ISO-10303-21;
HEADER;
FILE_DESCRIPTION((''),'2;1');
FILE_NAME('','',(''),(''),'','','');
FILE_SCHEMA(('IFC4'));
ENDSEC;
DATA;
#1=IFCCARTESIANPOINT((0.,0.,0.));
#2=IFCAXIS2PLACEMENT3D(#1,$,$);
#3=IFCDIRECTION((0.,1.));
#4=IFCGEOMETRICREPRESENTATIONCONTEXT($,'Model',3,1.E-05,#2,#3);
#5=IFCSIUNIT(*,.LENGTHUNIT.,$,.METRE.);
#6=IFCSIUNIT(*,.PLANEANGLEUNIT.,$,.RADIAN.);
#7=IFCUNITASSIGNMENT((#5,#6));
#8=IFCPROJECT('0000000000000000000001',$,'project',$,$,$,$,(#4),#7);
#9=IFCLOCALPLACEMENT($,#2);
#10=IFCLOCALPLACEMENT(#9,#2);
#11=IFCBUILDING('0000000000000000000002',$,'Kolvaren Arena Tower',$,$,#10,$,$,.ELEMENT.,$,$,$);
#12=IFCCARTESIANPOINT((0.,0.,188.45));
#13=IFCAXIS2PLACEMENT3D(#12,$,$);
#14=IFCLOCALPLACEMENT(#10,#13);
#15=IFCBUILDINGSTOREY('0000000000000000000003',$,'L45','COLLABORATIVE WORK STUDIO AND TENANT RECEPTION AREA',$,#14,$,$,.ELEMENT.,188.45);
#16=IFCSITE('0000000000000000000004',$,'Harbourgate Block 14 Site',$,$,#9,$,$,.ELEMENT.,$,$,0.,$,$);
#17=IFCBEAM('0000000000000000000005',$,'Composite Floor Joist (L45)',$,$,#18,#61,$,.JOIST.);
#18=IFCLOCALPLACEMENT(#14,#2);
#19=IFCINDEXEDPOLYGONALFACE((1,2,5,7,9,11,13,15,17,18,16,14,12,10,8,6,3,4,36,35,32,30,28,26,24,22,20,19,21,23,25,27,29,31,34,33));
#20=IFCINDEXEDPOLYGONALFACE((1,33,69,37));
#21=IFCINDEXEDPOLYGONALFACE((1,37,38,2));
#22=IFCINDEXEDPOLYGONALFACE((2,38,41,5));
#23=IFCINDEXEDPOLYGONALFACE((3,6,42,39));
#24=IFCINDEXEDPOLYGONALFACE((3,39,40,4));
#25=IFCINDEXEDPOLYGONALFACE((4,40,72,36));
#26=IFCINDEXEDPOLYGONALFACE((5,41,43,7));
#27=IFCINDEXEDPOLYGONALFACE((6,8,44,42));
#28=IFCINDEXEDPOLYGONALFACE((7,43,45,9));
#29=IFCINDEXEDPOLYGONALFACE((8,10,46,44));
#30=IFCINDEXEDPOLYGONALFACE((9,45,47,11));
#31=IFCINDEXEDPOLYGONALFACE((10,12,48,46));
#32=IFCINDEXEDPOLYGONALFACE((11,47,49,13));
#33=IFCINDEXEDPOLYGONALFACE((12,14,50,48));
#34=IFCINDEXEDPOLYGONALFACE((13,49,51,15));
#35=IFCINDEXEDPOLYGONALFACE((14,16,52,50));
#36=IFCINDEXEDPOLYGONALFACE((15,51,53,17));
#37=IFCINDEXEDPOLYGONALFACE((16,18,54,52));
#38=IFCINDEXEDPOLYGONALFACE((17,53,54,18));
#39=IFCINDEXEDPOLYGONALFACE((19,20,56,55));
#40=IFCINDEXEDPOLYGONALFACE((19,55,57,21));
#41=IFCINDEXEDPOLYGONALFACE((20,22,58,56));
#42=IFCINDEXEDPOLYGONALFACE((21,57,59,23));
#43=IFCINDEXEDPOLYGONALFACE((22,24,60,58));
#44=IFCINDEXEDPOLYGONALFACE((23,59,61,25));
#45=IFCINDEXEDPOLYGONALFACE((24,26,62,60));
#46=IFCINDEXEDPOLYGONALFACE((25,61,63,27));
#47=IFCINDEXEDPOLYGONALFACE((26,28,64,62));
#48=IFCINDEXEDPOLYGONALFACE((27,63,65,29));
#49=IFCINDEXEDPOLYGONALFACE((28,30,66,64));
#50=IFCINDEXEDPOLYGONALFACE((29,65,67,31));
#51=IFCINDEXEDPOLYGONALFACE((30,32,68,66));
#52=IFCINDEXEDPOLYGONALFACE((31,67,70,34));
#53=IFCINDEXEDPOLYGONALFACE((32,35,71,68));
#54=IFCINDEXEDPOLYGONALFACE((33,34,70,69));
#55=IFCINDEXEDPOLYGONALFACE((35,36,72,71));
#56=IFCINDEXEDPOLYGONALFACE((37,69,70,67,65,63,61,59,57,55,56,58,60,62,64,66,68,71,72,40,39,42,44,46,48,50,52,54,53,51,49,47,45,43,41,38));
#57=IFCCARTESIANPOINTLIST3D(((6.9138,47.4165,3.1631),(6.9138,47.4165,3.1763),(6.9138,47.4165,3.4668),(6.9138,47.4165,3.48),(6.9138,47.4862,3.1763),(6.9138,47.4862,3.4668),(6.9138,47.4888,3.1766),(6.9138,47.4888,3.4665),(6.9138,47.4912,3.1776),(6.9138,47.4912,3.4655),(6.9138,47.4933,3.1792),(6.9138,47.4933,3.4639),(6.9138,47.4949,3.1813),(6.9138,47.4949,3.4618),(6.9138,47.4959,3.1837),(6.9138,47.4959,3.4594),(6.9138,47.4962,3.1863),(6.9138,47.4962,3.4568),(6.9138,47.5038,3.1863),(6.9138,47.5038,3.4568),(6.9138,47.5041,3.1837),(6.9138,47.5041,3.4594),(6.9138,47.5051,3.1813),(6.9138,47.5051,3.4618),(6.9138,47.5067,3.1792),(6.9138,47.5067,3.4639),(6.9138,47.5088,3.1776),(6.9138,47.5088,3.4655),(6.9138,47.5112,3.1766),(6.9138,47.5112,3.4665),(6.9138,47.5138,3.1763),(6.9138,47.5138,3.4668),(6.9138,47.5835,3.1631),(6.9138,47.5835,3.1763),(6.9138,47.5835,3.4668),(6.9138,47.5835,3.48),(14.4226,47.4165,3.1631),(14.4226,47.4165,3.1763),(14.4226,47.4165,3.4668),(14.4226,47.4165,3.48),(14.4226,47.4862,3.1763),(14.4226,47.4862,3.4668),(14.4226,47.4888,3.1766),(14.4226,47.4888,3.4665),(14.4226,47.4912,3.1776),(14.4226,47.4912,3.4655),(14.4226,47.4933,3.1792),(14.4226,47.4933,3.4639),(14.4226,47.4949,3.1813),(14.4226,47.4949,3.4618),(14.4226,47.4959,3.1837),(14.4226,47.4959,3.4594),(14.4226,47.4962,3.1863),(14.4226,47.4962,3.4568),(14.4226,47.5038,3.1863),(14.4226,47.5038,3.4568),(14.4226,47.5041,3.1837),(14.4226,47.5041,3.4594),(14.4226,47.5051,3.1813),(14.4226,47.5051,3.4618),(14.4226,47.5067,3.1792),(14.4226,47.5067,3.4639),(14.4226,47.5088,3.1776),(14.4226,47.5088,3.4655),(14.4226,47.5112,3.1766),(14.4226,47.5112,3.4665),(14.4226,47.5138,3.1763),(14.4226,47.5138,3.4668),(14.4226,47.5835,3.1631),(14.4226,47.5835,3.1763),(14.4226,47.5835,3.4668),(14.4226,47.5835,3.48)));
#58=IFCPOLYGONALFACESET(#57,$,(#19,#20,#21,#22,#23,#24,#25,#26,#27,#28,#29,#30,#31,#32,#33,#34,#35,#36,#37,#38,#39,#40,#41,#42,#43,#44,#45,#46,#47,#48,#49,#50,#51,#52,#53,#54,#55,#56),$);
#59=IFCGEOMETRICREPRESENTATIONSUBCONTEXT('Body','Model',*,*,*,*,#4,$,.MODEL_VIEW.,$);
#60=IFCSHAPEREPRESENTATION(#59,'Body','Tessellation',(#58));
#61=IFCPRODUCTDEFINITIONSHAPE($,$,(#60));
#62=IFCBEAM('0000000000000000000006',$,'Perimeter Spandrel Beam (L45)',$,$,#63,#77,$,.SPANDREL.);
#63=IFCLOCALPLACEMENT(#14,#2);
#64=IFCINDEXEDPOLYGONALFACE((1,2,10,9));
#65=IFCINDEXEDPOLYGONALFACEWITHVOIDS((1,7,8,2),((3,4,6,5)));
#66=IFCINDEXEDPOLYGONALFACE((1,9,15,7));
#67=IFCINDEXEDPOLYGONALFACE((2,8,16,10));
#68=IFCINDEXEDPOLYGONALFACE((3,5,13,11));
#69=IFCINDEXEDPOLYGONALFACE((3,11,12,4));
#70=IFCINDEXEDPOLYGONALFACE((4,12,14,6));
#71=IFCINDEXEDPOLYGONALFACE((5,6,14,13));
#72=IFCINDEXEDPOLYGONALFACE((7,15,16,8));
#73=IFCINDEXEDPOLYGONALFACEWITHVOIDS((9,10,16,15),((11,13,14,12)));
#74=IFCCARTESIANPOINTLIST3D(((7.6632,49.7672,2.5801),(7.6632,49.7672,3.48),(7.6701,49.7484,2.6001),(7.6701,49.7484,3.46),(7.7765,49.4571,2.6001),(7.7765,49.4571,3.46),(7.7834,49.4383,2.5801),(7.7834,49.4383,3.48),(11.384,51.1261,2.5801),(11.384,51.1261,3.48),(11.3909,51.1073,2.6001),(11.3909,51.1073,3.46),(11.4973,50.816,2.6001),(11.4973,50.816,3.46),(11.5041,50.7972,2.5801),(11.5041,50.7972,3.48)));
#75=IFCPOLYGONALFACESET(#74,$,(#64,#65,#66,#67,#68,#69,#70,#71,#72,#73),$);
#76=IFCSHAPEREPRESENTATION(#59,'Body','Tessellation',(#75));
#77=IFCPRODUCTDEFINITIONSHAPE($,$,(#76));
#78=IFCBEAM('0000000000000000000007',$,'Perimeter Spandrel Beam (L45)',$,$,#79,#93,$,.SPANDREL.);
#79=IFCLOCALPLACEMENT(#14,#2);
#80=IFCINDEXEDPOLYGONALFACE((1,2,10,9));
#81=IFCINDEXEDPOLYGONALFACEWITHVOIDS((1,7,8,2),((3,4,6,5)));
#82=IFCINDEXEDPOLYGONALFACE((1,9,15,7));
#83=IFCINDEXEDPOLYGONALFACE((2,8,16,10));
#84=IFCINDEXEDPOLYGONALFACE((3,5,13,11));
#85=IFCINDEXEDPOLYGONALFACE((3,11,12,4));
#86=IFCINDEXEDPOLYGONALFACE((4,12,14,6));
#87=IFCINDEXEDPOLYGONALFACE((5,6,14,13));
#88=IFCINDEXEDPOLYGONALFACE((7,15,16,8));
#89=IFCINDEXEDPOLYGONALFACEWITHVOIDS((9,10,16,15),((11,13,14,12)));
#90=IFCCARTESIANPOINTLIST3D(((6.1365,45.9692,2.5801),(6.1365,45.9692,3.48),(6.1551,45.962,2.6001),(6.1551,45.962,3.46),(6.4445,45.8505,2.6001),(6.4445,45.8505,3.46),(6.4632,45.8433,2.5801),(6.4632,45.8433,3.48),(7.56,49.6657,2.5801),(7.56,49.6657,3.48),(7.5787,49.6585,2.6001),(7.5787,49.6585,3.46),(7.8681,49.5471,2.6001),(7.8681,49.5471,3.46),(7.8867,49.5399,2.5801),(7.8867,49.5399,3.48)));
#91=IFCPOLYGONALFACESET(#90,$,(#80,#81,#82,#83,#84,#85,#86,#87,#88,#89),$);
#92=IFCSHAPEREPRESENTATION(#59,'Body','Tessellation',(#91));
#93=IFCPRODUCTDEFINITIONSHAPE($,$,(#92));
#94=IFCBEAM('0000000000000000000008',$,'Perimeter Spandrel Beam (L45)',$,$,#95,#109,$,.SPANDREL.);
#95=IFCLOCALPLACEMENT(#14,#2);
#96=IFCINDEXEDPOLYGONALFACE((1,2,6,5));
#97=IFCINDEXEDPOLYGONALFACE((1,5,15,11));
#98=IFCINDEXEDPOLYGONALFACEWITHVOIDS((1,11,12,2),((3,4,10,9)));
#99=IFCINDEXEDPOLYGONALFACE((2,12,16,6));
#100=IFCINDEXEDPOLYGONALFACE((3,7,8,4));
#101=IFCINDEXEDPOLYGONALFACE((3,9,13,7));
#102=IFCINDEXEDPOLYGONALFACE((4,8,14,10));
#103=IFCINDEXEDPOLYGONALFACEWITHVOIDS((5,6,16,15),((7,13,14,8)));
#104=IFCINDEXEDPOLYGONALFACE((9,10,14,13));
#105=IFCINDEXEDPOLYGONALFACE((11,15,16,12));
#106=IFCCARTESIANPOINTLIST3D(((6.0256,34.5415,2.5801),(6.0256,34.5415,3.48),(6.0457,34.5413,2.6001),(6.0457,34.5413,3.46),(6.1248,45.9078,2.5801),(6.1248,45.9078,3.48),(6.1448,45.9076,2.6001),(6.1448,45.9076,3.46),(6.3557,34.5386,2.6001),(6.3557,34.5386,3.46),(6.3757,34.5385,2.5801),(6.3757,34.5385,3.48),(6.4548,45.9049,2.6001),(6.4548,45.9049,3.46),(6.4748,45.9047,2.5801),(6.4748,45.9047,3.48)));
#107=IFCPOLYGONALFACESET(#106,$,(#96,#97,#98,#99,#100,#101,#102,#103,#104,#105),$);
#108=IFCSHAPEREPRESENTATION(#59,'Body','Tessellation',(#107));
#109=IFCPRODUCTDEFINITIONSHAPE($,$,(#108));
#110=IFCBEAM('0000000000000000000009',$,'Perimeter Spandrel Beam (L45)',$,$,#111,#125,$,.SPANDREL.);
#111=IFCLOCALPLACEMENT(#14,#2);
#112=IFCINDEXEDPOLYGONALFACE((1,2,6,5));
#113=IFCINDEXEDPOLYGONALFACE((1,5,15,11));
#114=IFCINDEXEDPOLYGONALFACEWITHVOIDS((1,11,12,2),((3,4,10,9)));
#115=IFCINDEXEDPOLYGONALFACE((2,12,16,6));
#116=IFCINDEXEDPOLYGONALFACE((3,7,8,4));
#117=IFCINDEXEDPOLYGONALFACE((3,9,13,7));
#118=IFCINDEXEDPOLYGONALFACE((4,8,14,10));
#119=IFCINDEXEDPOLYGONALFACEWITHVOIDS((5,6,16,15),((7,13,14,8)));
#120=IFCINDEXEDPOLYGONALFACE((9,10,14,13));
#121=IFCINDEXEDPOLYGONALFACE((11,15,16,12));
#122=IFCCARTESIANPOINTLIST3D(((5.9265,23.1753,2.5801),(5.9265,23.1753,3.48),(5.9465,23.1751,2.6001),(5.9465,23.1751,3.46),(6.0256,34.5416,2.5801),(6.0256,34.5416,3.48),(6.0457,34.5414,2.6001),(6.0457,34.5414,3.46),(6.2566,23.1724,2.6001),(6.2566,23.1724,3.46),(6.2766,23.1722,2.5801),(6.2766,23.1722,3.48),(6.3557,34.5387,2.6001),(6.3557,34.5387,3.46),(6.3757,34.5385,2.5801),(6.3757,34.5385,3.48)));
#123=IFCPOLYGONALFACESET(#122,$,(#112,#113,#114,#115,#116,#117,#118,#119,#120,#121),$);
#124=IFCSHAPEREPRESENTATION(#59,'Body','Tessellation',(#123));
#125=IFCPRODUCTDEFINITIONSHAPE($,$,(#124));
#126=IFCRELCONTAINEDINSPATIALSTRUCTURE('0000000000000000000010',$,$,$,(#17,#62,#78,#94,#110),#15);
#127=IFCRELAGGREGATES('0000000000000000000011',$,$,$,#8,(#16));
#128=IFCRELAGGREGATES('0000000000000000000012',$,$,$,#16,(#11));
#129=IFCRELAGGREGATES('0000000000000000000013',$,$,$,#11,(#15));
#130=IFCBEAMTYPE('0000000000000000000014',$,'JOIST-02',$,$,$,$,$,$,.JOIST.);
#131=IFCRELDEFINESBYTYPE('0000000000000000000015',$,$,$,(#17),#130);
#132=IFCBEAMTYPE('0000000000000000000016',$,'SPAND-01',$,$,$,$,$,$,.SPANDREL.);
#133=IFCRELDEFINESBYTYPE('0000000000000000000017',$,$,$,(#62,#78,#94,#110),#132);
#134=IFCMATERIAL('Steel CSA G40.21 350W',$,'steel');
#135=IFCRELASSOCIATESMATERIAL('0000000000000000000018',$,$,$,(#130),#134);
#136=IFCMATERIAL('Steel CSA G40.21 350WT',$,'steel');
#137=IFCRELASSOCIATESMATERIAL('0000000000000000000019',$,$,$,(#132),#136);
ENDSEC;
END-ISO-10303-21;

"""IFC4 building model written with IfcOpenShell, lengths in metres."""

from ifc_helpers import new_model, si_unit, direction, frame, origin, origin_2d, place, context, subcontext, project, spatial, hollow_rectangle, i_section, extrude, material, material_profile, profile_set, type_object, element, save


model = new_model("IFC4")

# Units and contexts
model_context = context("Model", 3, precision=1e-05, world=origin(), true_north=direction((0.0, 1.0)))
body_context = subcontext(model_context, "Body", "Model", "MODEL_VIEW")
ifc_project = project(units=[si_unit("LENGTHUNIT", "METRE"), si_unit("PLANEANGLEUNIT", "RADIAN")], contexts=[model_context])

# Site, building, storey
site_placement = place(None, origin())
site = spatial("IfcSite", under=ifc_project, at=site_placement, Name="Harbourgate Block 14 Site", CompositionType="ELEMENT", RefElevation=0.0)
building_placement = place(site_placement, origin())
building = spatial("IfcBuilding", under=site, at=building_placement, Name="Kolvaren Arena Tower", CompositionType="ELEMENT")
storey_placement = place(building_placement, frame((0.0, 0.0, 188.45)))
storey = spatial("IfcBuildingStorey", under=building, at=storey_placement, Name="L45", Description="COLLABORATIVE WORK STUDIO AND TENANT RECEPTION AREA", CompositionType="ELEMENT", Elevation=188.45)

# Beams
ifc_material_1 = material(Name="Steel CSA G40.21 350W", Category="steel")
ifc_material_profile_1 = material_profile(ifc_material_1, i_section(OverallWidth=0.167, OverallDepth=0.3169, WebThickness=0.0076, FlangeThickness=0.0132, FilletRadius=0.01, at=origin_2d()), Name="W310x52")
ifc_profile_set_1 = profile_set([ifc_material_profile_1], Name="Steel CSA G40.21 350W")
beam_type_1 = type_object("IfcBeamType", Name="JOIST-02", PredefinedType="JOIST", material=ifc_profile_set_1)
beam_1_placement = place(storey_placement, frame((6.9138, 47.5, 3.3215), z_axis=(1.0, 0.0, 0.0), x_axis=(0.0, 1.0, 0.0)))
element("IfcBeam", 1, at=beam_1_placement, inside=storey, type_object=beam_type_1, Name="Composite Floor Joist (L45)", PredefinedType="JOIST", context=body_context, shape_type="SweptSolid", body=[
    extrude(i_section(OverallWidth=0.167, OverallDepth=0.3169, WebThickness=0.0076, FlangeThickness=0.0132, FilletRadius=0.01, at=origin_2d()), origin(), (0.0, 0.0, 1.0), 7.5088),
])
ifc_material_2 = material(Name="Steel CSA G40.21 350WT", Category="steel")
ifc_material_profile_2 = material_profile(ifc_material_2, hollow_rectangle(XDim=0.3501, YDim=0.8999, WallThickness=0.02, at=origin_2d()), Name="HSS 900x350x20")
ifc_profile_set_2 = profile_set([ifc_material_profile_2], Name="Steel CSA G40.21 350WT")
beam_type_2 = type_object("IfcBeamType", Name="SPAND-01", PredefinedType="SPANDREL", material=ifc_profile_set_2)
for number, where, z_axis, x_axis, name in (
    (2, (11.4441, 50.9617, 3.03), (-0.939314, -0.343059, 0.0), (0.343059, -0.939314, 0.0), "Perimeter Spandrel Beam (L45)"),
    (3, (7.7234, 49.6028, 3.03), (-0.359384, -0.93319, 0.0), (0.93319, -0.359384, 0.0), "Perimeter Spandrel Beam (L45)"),
):
    element("IfcBeam", number, at=place(storey_placement, frame(where, z_axis=z_axis, x_axis=x_axis)), inside=storey, type_object=beam_type_2, Name=name, PredefinedType="SPANDREL", context=body_context, shape_type="SweptSolid", body=[
        extrude(hollow_rectangle(XDim=0.3501, YDim=0.8999, WallThickness=0.02, at=origin_2d()), origin(), (0.0, 0.0, 1.0), 3.9612),
    ])
for number, where, z_axis, x_axis, name in (
    (4, (6.2998, 45.9062, 3.03), (-0.00872, -0.999962, 0.0), (0.999962, -0.00872, 0.0), "Perimeter Spandrel Beam (L45)"),
    (5, (6.2007, 34.54, 3.03), (-0.00872, -0.999962, 0.0), (0.999962, -0.00872, 0.0), "Perimeter Spandrel Beam (L45)"),
):
    element("IfcBeam", number, at=place(storey_placement, frame(where, z_axis=z_axis, x_axis=x_axis)), inside=storey, type_object=beam_type_2, Name=name, PredefinedType="SPANDREL", context=body_context, shape_type="SweptSolid", body=[
        extrude(hollow_rectangle(XDim=0.3501, YDim=0.8999, WallThickness=0.02, at=origin_2d()), origin(), (0.0, 0.0, 1.0), 11.3667),
    ])

save(model, "model.ifc")
